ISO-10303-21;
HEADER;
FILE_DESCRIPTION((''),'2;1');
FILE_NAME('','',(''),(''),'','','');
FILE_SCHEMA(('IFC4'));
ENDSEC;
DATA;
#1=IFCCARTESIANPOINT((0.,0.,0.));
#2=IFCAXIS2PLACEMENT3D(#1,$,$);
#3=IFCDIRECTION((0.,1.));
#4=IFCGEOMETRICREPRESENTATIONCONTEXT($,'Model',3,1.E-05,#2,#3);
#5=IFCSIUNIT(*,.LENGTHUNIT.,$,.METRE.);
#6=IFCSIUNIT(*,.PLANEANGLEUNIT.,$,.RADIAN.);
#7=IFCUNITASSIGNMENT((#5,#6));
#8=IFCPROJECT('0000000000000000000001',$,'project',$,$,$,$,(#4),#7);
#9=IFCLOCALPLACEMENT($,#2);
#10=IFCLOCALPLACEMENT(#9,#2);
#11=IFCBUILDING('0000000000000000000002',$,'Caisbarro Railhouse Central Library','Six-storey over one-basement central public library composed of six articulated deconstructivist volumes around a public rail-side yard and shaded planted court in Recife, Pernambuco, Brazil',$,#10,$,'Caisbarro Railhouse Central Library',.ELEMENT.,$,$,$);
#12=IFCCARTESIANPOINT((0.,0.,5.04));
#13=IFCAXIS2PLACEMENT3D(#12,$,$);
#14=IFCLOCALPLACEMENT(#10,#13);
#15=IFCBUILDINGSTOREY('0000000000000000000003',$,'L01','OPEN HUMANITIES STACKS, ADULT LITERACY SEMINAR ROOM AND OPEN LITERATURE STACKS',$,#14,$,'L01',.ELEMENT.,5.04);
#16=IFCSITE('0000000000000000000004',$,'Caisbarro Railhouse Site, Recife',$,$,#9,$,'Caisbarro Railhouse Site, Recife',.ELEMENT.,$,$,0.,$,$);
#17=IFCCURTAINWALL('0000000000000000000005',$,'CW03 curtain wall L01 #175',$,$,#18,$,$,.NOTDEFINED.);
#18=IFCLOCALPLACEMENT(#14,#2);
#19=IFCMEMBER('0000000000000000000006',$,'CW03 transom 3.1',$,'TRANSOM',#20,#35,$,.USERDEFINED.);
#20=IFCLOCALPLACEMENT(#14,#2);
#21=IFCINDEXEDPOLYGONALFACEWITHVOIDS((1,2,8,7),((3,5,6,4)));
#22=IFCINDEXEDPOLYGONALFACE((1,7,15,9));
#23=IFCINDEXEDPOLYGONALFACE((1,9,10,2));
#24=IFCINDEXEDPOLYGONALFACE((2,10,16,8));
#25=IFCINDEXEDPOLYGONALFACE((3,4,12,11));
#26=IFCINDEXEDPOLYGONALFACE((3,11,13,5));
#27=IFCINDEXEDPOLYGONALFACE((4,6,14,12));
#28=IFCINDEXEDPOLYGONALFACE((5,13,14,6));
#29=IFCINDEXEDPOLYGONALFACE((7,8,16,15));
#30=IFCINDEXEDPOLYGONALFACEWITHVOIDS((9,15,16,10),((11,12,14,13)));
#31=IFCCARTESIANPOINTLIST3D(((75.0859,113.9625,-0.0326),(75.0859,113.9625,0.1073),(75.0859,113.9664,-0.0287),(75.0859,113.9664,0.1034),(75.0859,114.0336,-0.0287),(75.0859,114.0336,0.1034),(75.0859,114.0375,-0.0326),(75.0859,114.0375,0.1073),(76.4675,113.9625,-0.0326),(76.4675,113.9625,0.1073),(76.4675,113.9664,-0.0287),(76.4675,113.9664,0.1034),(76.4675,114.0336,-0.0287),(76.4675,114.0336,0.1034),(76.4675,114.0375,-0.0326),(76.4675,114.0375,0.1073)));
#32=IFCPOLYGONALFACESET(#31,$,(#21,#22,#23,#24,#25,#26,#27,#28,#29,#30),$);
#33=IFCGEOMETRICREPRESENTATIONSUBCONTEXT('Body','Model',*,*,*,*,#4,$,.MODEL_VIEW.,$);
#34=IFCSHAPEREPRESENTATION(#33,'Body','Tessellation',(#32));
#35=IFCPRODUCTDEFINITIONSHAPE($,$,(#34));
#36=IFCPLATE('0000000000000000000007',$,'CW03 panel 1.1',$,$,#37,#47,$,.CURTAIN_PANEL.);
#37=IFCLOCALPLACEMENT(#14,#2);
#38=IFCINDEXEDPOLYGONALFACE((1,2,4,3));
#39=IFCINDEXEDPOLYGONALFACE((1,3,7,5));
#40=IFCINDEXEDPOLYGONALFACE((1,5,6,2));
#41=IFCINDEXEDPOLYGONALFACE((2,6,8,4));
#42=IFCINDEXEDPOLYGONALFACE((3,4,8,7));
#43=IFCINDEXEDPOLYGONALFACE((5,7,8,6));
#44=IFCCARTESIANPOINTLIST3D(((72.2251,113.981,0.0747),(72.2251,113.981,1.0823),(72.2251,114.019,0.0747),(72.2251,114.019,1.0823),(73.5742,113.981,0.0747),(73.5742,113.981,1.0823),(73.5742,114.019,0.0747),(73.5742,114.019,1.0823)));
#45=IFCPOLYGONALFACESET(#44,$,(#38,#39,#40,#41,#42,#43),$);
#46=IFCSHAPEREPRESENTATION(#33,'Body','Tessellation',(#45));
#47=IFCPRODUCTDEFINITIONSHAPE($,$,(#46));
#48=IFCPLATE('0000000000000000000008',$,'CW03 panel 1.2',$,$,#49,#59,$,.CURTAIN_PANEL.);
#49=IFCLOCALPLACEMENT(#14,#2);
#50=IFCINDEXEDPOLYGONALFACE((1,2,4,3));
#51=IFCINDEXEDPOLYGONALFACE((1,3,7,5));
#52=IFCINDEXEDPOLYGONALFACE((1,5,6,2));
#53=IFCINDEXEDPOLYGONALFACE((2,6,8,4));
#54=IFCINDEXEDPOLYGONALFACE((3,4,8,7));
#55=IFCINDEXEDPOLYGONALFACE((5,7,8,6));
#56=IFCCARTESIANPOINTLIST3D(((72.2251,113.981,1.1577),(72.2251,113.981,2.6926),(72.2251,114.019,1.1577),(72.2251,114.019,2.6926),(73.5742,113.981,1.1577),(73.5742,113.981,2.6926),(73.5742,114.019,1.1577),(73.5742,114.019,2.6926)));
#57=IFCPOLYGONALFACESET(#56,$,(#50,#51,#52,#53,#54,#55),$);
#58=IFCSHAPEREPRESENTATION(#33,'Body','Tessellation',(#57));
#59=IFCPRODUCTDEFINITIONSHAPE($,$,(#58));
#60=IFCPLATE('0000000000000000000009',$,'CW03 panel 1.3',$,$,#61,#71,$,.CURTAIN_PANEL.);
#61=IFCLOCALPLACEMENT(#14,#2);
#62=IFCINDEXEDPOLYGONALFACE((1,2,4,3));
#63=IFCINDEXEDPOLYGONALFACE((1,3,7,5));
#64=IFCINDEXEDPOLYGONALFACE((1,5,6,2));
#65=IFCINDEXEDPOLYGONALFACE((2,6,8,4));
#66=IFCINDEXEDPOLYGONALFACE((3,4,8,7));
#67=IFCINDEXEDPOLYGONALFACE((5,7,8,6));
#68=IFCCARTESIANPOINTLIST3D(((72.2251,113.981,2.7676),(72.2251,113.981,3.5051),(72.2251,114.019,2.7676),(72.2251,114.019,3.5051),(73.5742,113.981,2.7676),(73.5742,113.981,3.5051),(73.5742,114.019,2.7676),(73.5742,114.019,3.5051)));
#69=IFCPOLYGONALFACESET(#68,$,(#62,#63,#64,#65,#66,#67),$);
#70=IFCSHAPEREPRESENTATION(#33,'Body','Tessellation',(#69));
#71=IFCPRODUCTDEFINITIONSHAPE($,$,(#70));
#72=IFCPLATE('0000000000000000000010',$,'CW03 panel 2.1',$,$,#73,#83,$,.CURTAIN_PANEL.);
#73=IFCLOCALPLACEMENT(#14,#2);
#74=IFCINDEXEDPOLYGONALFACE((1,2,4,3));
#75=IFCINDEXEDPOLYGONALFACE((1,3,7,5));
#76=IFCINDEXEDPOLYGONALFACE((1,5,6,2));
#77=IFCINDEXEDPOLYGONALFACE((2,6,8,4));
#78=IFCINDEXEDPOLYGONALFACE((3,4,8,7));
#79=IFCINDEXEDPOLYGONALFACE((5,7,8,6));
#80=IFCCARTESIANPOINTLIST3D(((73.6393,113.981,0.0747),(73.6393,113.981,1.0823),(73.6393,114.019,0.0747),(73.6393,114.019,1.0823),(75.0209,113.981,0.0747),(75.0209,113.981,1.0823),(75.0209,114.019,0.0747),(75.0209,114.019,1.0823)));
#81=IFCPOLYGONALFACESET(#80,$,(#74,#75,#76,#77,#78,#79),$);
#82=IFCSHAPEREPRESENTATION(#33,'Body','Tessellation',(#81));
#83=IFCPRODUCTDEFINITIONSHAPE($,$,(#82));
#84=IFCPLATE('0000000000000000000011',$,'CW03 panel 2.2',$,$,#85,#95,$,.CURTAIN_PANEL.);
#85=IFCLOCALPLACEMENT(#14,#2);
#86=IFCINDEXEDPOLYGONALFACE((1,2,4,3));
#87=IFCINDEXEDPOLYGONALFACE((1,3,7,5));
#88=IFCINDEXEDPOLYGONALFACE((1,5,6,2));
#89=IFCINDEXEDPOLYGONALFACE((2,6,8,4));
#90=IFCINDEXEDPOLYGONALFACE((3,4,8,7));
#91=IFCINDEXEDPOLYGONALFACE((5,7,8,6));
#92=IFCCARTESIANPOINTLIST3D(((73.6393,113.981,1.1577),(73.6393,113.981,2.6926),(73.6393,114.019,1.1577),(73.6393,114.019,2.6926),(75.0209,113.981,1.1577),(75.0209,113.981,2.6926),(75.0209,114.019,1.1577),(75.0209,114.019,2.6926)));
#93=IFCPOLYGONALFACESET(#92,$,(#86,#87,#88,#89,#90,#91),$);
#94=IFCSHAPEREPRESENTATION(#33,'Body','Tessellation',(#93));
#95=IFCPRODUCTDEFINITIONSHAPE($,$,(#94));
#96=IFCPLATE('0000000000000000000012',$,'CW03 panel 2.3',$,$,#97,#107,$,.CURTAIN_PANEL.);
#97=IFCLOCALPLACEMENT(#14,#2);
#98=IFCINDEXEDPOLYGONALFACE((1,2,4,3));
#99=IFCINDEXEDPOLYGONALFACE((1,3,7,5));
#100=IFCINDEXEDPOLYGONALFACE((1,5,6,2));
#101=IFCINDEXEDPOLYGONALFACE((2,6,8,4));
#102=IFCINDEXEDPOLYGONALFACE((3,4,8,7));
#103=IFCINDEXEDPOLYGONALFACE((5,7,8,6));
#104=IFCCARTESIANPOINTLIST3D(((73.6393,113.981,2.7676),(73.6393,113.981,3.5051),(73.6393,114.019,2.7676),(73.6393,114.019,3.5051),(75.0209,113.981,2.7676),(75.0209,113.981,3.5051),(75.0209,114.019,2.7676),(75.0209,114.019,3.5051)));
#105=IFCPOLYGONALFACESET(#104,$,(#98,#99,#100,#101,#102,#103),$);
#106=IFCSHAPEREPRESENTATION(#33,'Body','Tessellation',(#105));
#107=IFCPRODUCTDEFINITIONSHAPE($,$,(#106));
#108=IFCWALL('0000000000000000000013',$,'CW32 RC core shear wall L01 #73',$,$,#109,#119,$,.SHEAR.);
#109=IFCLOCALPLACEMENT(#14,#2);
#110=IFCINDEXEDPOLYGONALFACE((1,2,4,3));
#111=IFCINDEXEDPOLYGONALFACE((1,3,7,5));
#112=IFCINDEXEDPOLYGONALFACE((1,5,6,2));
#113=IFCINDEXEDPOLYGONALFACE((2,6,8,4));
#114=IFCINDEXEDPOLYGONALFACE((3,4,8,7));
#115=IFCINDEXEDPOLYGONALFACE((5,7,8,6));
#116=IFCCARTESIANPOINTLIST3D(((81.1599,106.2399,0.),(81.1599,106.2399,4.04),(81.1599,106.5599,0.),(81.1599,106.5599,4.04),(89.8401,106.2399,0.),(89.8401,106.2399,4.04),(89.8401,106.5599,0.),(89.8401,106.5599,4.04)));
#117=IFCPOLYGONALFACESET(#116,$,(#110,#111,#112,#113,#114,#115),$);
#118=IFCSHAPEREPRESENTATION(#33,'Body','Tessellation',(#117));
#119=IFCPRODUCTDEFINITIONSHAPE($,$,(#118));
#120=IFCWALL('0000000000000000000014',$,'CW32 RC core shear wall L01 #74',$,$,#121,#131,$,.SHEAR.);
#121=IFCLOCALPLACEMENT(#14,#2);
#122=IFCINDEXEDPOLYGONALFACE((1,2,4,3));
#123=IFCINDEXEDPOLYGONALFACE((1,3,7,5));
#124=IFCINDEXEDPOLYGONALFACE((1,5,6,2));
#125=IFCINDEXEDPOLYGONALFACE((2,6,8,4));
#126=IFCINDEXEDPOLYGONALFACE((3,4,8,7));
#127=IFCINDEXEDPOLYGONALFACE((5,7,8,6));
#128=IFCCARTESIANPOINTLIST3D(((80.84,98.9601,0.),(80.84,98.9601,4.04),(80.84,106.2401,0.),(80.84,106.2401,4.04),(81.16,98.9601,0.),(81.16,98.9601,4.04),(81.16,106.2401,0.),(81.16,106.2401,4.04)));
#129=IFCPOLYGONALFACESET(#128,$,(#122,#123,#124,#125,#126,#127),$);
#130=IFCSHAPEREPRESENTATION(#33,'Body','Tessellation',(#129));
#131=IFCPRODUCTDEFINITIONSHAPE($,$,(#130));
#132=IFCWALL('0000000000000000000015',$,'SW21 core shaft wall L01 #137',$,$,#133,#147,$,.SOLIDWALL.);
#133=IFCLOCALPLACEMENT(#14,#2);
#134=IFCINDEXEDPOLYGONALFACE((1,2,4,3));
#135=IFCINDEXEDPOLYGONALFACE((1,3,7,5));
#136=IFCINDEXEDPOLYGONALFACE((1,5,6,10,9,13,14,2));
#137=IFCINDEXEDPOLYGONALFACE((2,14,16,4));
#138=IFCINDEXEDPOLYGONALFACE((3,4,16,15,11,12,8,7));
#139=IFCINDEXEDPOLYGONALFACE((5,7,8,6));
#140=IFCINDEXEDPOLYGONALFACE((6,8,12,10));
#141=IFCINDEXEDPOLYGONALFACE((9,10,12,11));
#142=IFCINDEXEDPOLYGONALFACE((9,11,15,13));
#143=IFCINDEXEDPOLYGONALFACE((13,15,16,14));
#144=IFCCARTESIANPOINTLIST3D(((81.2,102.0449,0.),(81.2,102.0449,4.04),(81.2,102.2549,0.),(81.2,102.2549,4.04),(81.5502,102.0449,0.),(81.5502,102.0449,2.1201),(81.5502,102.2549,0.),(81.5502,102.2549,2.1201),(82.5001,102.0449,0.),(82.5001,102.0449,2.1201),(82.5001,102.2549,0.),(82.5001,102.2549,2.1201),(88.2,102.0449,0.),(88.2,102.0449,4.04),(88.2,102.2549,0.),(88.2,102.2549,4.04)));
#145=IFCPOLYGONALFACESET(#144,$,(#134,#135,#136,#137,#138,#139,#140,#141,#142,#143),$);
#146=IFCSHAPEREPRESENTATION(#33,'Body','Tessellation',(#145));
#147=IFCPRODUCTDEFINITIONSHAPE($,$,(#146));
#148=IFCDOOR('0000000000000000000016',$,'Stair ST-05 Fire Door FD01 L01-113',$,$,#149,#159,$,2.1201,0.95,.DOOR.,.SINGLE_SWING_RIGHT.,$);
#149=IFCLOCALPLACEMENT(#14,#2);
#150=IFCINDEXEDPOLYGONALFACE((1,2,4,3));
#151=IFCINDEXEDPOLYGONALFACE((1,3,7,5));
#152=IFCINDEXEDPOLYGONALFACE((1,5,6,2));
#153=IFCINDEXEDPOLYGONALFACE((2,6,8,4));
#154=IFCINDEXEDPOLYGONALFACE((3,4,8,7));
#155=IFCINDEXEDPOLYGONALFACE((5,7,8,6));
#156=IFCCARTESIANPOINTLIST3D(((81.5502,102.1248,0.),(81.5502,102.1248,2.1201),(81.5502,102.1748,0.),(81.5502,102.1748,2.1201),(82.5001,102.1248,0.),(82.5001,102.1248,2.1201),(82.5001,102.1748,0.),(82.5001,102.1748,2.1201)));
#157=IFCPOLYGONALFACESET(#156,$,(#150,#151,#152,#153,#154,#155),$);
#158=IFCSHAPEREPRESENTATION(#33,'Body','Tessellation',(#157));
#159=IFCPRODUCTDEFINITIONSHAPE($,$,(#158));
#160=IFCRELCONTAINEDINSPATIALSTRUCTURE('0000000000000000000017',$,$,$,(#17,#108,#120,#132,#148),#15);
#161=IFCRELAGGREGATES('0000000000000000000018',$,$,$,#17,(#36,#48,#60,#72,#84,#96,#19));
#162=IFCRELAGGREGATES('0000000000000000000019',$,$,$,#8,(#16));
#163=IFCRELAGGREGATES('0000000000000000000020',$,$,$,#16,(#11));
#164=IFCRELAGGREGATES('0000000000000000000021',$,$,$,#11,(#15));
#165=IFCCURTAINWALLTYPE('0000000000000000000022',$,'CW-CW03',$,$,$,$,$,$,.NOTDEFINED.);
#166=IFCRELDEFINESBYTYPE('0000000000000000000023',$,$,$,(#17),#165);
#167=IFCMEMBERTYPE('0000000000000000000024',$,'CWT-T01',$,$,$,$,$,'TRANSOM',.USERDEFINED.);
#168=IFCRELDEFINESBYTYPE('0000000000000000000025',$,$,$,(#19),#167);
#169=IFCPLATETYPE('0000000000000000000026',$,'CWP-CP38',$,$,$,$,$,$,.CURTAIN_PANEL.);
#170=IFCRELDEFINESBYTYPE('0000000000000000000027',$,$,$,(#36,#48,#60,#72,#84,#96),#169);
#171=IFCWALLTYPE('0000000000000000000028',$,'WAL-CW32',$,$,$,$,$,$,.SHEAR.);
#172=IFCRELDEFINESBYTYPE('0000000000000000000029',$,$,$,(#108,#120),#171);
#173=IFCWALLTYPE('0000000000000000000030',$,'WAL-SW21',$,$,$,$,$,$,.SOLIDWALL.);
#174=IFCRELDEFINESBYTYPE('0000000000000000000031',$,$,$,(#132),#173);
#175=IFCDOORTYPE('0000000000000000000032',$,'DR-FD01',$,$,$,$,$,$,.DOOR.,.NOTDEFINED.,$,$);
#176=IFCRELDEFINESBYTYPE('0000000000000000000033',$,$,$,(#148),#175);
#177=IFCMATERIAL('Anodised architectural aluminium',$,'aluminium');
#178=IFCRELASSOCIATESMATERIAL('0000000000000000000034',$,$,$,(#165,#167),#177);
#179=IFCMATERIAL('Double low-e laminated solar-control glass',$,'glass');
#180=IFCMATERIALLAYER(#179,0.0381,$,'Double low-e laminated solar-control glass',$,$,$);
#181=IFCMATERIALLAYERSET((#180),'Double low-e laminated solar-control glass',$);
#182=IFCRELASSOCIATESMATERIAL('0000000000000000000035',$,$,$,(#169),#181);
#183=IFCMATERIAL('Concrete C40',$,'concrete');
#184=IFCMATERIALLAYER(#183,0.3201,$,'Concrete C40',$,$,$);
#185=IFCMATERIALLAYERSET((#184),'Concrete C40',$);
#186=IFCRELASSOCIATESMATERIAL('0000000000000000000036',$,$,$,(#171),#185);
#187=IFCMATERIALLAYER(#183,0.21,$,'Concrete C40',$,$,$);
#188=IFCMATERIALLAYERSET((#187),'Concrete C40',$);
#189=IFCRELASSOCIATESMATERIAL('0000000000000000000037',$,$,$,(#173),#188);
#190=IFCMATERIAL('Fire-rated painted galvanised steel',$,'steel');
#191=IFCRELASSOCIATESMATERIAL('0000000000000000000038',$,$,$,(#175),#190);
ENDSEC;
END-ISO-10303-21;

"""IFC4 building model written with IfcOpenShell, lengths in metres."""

from ifc_helpers import new_model, si_unit, direction, frame, frame_2d, origin, origin_2d, place, context, subcontext, project, spatial, rectangle, hollow_rectangle, extrude, material, layer, layer_set, material_profile, profile_set, type_object, element, fill, aggregate, save


model = new_model("IFC4")

# Units and contexts
model_context = context("Model", 3, precision=1e-05, world=origin(), true_north=direction((0.0, 1.0)))
body_context = subcontext(model_context, "Body", "Model", "MODEL_VIEW")
ifc_project = project(units=[si_unit("LENGTHUNIT", "METRE"), si_unit("PLANEANGLEUNIT", "RADIAN")], contexts=[model_context])

# Site, building, storey
site_placement = place(None, origin())
site = spatial("IfcSite", under=ifc_project, at=site_placement, Name="Caisbarro Railhouse Site, Recife", LongName="Caisbarro Railhouse Site, Recife", CompositionType="ELEMENT", RefElevation=0.0)
building_placement = place(site_placement, origin())
building = spatial("IfcBuilding", under=site, at=building_placement, Name="Caisbarro Railhouse Central Library", Description="Six-storey over one-basement central public library composed of six articulated deconstructivist volumes around a public rail-side yard and shaded planted court in Recife, Pernambuco, Brazil", LongName="Caisbarro Railhouse Central Library", CompositionType="ELEMENT")
storey_placement = place(building_placement, frame((0.0, 0.0, 5.04)))
storey = spatial("IfcBuildingStorey", under=building, at=storey_placement, Name="L01", Description="OPEN HUMANITIES STACKS, ADULT LITERACY SEMINAR ROOM AND OPEN LITERATURE STACKS", LongName="L01", CompositionType="ELEMENT", Elevation=5.04)

# Curtain wall, member, plates
ifc_material_1 = material(Name="Anodised architectural aluminium", Category="aluminium")
curtain_wall_type = type_object("IfcCurtainWallType", Name="CW-CW03", PredefinedType="NOTDEFINED", material=ifc_material_1)
curtain_wall_placement = place(storey_placement, origin())
curtain_wall = element("IfcCurtainWall", 1, at=curtain_wall_placement, inside=storey, type_object=curtain_wall_type, Name="CW03 curtain wall L01 #175", PredefinedType="NOTDEFINED")
ifc_material_profile_1 = material_profile(ifc_material_1, hollow_rectangle(XDim=0.075, YDim=0.1399, WallThickness=0.0039, at=origin_2d()), Name="ALU-TRN-75X140")
ifc_profile_set_1 = profile_set([ifc_material_profile_1], Name="Anodised architectural aluminium")
member_type_1 = type_object("IfcMemberType", Name="CWT-T01", ElementType="TRANSOM", PredefinedType="USERDEFINED", material=ifc_profile_set_1)
member_1_placement = place(storey_placement, frame((75.0859, 114.0, 0.0374), z_axis=(1.0, 0.0, 0.0), x_axis=(0.0, 1.0, 0.0)))
member_1 = element("IfcMember", 2, at=member_1_placement, type_object=member_type_1, Name="CW03 transom 3.1", ObjectType="TRANSOM", PredefinedType="USERDEFINED", context=body_context, shape_type="SweptSolid", body=[
    extrude(hollow_rectangle(XDim=0.075, YDim=0.1399, WallThickness=0.0039, at=origin_2d()), origin(), (0.0, 0.0, 1.0), 1.3816),
])
ifc_material_2 = material(Name="Double low-e laminated solar-control glass", Category="glass")
ifc_layer_1 = layer(ifc_material_2, 0.0381, Name="Double low-e laminated solar-control glass")
ifc_layer_set_1 = layer_set([ifc_layer_1], Name="Double low-e laminated solar-control glass")
plate_type = type_object("IfcPlateType", Name="CWP-CP38", PredefinedType="CURTAIN_PANEL", material=ifc_layer_set_1)
plate_1_placement = place(storey_placement, frame((72.8997, 114.0, 0.0747), z_axis=(0.0, 0.0, 1.0), x_axis=(1.0, 0.0, 0.0)))
plate_1 = element("IfcPlate", 3, at=plate_1_placement, type_object=plate_type, Name="CW03 panel 1.1", PredefinedType="CURTAIN_PANEL", context=body_context, shape_type="SweptSolid", body=[
    extrude(rectangle(XDim=1.3491, YDim=0.0381, at=origin_2d()), origin(), (0.0, 0.0, 1.0), 1.0076),
])
plate_2_placement = place(storey_placement, frame((72.8997, 114.0, 1.1577), z_axis=(0.0, 0.0, 1.0), x_axis=(1.0, 0.0, 0.0)))
plate_2 = element("IfcPlate", 4, at=plate_2_placement, type_object=plate_type, Name="CW03 panel 1.2", PredefinedType="CURTAIN_PANEL", context=body_context, shape_type="SweptSolid", body=[
    extrude(rectangle(XDim=1.3491, YDim=0.0381, at=origin_2d()), origin(), (0.0, 0.0, 1.0), 1.5349),
])
plate_3_placement = place(storey_placement, frame((72.8997, 114.0, 2.7676), z_axis=(0.0, 0.0, 1.0), x_axis=(1.0, 0.0, 0.0)))
plate_3 = element("IfcPlate", 5, at=plate_3_placement, type_object=plate_type, Name="CW03 panel 1.3", PredefinedType="CURTAIN_PANEL", context=body_context, shape_type="SweptSolid", body=[
    extrude(rectangle(XDim=1.3491, YDim=0.0381, at=origin_2d()), origin(), (0.0, 0.0, 1.0), 0.7375),
])
plate_4_placement = place(storey_placement, frame((74.3301, 114.0, 0.0747), z_axis=(0.0, 0.0, 1.0), x_axis=(1.0, 0.0, 0.0)))
plate_4 = element("IfcPlate", 6, at=plate_4_placement, type_object=plate_type, Name="CW03 panel 2.1", PredefinedType="CURTAIN_PANEL", context=body_context, shape_type="SweptSolid", body=[
    extrude(rectangle(XDim=1.3816, YDim=0.0381, at=origin_2d()), origin(), (0.0, 0.0, 1.0), 1.0076),
])
plate_5_placement = place(storey_placement, frame((74.3301, 114.0, 1.1577), z_axis=(0.0, 0.0, 1.0), x_axis=(1.0, 0.0, 0.0)))
plate_5 = element("IfcPlate", 7, at=plate_5_placement, type_object=plate_type, Name="CW03 panel 2.2", PredefinedType="CURTAIN_PANEL", context=body_context, shape_type="SweptSolid", body=[
    extrude(rectangle(XDim=1.3816, YDim=0.0381, at=origin_2d()), origin(), (0.0, 0.0, 1.0), 1.5349),
])
plate_6_placement = place(storey_placement, frame((74.3301, 114.0, 2.7676), z_axis=(0.0, 0.0, 1.0), x_axis=(1.0, 0.0, 0.0)))
plate_6 = element("IfcPlate", 8, at=plate_6_placement, type_object=plate_type, Name="CW03 panel 2.3", PredefinedType="CURTAIN_PANEL", context=body_context, shape_type="SweptSolid", body=[
    extrude(rectangle(XDim=1.3816, YDim=0.0381, at=origin_2d()), origin(), (0.0, 0.0, 1.0), 0.7375),
])
aggregate(curtain_wall, [plate_1, plate_2, plate_3, plate_4, plate_5, plate_6, member_1])

# Walls
ifc_material_3 = material(Name="Concrete C40", Category="concrete")
ifc_layer_2 = layer(ifc_material_3, 0.3201, Name="Concrete C40")
ifc_layer_set_2 = layer_set([ifc_layer_2], Name="Concrete C40")
wall_type_1 = type_object("IfcWallType", Name="WAL-CW32", PredefinedType="SHEAR", material=ifc_layer_set_2)
wall_1_placement = place(storey_placement, frame((81.1599, 106.3999, 0.0), z_axis=(0.0, 0.0, 1.0), x_axis=(1.0, 0.0, 0.0)))
element("IfcWall", 9, at=wall_1_placement, inside=storey, type_object=wall_type_1, Name="CW32 RC core shear wall L01 #73", PredefinedType="SHEAR", context=body_context, shape_type="SweptSolid", body=[
    extrude(rectangle(XDim=8.6802, YDim=0.3201, at=frame_2d((4.3401, 0.0))), origin(), (0.0, 0.0, 1.0), 4.04),
])
wall_2_placement = place(storey_placement, frame((81.0, 98.96, 0.0), z_axis=(0.0, 0.0, 1.0), x_axis=(0.0, 1.0, 0.0)))
element("IfcWall", 10, at=wall_2_placement, inside=storey, type_object=wall_type_1, Name="CW32 RC core shear wall L01 #74", PredefinedType="SHEAR", context=body_context, shape_type="SweptSolid", body=[
    extrude(rectangle(XDim=7.28, YDim=0.3201, at=frame_2d((3.6401, 0.0))), origin(), (0.0, 0.0, 1.0), 4.04),
])

# Wall, opening, door
ifc_layer_3 = layer(ifc_material_3, 0.21, Name="Concrete C40")
ifc_layer_set_3 = layer_set([ifc_layer_3], Name="Concrete C40")
wall_type_2 = type_object("IfcWallType", Name="WAL-SW21", PredefinedType="SOLIDWALL", material=ifc_layer_set_3)
wall_3_placement = place(storey_placement, frame((81.2, 102.1499, 0.0), z_axis=(0.0, 0.0, 1.0), x_axis=(1.0, 0.0, 0.0)))
wall_3 = element("IfcWall", 11, at=wall_3_placement, inside=storey, type_object=wall_type_2, Name="SW21 core shaft wall L01 #137", PredefinedType="SOLIDWALL", context=body_context, shape_type="SweptSolid", body=[
    extrude(rectangle(XDim=7.0, YDim=0.21, at=frame_2d((3.5, 0.0))), origin(), (0.0, 0.0, 1.0), 4.04),
])
opening_placement = place(wall_3_placement, frame((0.3501, 0.0, 0.0)))
opening = element("IfcOpeningElement", 12, at=opening_placement, cuts=wall_3, PredefinedType="OPENING", context=body_context, shape_type="SweptSolid", body=[
    extrude(rectangle(XDim=0.95, YDim=2.1201, at=frame_2d((0.4751, 1.0601))), frame((0.0, 0.115, 0.0), z_axis=(0.0, -1.0, 0.0), x_axis=(1.0, 0.0, 0.0)), (0.0, 0.0, 1.0), 0.23),
])
ifc_material_4 = material(Name="Fire-rated painted galvanised steel", Category="steel")
door_type = type_object("IfcDoorType", Name="DR-FD01", OperationType="NOTDEFINED", PredefinedType="DOOR", material=ifc_material_4)
door_placement = place(opening_placement, origin())
door = element("IfcDoor", 13, at=door_placement, inside=storey, type_object=door_type, Name="Stair ST-05 Fire Door FD01 L01-113", OperationType="SINGLE_SWING_RIGHT", OverallHeight=2.1201, OverallWidth=0.95, PredefinedType="DOOR", context=body_context, shape_type="SweptSolid", body=[
    extrude(rectangle(XDim=0.95, YDim=2.1201, at=frame_2d((0.4751, 1.0601))), frame((0.0, 0.0249, 0.0), z_axis=(0.0, -1.0, 0.0), x_axis=(1.0, 0.0, 0.0)), (0.0, 0.0, 1.0), 0.05),
])
fill(opening, door)

save(model, "model.ifc")
